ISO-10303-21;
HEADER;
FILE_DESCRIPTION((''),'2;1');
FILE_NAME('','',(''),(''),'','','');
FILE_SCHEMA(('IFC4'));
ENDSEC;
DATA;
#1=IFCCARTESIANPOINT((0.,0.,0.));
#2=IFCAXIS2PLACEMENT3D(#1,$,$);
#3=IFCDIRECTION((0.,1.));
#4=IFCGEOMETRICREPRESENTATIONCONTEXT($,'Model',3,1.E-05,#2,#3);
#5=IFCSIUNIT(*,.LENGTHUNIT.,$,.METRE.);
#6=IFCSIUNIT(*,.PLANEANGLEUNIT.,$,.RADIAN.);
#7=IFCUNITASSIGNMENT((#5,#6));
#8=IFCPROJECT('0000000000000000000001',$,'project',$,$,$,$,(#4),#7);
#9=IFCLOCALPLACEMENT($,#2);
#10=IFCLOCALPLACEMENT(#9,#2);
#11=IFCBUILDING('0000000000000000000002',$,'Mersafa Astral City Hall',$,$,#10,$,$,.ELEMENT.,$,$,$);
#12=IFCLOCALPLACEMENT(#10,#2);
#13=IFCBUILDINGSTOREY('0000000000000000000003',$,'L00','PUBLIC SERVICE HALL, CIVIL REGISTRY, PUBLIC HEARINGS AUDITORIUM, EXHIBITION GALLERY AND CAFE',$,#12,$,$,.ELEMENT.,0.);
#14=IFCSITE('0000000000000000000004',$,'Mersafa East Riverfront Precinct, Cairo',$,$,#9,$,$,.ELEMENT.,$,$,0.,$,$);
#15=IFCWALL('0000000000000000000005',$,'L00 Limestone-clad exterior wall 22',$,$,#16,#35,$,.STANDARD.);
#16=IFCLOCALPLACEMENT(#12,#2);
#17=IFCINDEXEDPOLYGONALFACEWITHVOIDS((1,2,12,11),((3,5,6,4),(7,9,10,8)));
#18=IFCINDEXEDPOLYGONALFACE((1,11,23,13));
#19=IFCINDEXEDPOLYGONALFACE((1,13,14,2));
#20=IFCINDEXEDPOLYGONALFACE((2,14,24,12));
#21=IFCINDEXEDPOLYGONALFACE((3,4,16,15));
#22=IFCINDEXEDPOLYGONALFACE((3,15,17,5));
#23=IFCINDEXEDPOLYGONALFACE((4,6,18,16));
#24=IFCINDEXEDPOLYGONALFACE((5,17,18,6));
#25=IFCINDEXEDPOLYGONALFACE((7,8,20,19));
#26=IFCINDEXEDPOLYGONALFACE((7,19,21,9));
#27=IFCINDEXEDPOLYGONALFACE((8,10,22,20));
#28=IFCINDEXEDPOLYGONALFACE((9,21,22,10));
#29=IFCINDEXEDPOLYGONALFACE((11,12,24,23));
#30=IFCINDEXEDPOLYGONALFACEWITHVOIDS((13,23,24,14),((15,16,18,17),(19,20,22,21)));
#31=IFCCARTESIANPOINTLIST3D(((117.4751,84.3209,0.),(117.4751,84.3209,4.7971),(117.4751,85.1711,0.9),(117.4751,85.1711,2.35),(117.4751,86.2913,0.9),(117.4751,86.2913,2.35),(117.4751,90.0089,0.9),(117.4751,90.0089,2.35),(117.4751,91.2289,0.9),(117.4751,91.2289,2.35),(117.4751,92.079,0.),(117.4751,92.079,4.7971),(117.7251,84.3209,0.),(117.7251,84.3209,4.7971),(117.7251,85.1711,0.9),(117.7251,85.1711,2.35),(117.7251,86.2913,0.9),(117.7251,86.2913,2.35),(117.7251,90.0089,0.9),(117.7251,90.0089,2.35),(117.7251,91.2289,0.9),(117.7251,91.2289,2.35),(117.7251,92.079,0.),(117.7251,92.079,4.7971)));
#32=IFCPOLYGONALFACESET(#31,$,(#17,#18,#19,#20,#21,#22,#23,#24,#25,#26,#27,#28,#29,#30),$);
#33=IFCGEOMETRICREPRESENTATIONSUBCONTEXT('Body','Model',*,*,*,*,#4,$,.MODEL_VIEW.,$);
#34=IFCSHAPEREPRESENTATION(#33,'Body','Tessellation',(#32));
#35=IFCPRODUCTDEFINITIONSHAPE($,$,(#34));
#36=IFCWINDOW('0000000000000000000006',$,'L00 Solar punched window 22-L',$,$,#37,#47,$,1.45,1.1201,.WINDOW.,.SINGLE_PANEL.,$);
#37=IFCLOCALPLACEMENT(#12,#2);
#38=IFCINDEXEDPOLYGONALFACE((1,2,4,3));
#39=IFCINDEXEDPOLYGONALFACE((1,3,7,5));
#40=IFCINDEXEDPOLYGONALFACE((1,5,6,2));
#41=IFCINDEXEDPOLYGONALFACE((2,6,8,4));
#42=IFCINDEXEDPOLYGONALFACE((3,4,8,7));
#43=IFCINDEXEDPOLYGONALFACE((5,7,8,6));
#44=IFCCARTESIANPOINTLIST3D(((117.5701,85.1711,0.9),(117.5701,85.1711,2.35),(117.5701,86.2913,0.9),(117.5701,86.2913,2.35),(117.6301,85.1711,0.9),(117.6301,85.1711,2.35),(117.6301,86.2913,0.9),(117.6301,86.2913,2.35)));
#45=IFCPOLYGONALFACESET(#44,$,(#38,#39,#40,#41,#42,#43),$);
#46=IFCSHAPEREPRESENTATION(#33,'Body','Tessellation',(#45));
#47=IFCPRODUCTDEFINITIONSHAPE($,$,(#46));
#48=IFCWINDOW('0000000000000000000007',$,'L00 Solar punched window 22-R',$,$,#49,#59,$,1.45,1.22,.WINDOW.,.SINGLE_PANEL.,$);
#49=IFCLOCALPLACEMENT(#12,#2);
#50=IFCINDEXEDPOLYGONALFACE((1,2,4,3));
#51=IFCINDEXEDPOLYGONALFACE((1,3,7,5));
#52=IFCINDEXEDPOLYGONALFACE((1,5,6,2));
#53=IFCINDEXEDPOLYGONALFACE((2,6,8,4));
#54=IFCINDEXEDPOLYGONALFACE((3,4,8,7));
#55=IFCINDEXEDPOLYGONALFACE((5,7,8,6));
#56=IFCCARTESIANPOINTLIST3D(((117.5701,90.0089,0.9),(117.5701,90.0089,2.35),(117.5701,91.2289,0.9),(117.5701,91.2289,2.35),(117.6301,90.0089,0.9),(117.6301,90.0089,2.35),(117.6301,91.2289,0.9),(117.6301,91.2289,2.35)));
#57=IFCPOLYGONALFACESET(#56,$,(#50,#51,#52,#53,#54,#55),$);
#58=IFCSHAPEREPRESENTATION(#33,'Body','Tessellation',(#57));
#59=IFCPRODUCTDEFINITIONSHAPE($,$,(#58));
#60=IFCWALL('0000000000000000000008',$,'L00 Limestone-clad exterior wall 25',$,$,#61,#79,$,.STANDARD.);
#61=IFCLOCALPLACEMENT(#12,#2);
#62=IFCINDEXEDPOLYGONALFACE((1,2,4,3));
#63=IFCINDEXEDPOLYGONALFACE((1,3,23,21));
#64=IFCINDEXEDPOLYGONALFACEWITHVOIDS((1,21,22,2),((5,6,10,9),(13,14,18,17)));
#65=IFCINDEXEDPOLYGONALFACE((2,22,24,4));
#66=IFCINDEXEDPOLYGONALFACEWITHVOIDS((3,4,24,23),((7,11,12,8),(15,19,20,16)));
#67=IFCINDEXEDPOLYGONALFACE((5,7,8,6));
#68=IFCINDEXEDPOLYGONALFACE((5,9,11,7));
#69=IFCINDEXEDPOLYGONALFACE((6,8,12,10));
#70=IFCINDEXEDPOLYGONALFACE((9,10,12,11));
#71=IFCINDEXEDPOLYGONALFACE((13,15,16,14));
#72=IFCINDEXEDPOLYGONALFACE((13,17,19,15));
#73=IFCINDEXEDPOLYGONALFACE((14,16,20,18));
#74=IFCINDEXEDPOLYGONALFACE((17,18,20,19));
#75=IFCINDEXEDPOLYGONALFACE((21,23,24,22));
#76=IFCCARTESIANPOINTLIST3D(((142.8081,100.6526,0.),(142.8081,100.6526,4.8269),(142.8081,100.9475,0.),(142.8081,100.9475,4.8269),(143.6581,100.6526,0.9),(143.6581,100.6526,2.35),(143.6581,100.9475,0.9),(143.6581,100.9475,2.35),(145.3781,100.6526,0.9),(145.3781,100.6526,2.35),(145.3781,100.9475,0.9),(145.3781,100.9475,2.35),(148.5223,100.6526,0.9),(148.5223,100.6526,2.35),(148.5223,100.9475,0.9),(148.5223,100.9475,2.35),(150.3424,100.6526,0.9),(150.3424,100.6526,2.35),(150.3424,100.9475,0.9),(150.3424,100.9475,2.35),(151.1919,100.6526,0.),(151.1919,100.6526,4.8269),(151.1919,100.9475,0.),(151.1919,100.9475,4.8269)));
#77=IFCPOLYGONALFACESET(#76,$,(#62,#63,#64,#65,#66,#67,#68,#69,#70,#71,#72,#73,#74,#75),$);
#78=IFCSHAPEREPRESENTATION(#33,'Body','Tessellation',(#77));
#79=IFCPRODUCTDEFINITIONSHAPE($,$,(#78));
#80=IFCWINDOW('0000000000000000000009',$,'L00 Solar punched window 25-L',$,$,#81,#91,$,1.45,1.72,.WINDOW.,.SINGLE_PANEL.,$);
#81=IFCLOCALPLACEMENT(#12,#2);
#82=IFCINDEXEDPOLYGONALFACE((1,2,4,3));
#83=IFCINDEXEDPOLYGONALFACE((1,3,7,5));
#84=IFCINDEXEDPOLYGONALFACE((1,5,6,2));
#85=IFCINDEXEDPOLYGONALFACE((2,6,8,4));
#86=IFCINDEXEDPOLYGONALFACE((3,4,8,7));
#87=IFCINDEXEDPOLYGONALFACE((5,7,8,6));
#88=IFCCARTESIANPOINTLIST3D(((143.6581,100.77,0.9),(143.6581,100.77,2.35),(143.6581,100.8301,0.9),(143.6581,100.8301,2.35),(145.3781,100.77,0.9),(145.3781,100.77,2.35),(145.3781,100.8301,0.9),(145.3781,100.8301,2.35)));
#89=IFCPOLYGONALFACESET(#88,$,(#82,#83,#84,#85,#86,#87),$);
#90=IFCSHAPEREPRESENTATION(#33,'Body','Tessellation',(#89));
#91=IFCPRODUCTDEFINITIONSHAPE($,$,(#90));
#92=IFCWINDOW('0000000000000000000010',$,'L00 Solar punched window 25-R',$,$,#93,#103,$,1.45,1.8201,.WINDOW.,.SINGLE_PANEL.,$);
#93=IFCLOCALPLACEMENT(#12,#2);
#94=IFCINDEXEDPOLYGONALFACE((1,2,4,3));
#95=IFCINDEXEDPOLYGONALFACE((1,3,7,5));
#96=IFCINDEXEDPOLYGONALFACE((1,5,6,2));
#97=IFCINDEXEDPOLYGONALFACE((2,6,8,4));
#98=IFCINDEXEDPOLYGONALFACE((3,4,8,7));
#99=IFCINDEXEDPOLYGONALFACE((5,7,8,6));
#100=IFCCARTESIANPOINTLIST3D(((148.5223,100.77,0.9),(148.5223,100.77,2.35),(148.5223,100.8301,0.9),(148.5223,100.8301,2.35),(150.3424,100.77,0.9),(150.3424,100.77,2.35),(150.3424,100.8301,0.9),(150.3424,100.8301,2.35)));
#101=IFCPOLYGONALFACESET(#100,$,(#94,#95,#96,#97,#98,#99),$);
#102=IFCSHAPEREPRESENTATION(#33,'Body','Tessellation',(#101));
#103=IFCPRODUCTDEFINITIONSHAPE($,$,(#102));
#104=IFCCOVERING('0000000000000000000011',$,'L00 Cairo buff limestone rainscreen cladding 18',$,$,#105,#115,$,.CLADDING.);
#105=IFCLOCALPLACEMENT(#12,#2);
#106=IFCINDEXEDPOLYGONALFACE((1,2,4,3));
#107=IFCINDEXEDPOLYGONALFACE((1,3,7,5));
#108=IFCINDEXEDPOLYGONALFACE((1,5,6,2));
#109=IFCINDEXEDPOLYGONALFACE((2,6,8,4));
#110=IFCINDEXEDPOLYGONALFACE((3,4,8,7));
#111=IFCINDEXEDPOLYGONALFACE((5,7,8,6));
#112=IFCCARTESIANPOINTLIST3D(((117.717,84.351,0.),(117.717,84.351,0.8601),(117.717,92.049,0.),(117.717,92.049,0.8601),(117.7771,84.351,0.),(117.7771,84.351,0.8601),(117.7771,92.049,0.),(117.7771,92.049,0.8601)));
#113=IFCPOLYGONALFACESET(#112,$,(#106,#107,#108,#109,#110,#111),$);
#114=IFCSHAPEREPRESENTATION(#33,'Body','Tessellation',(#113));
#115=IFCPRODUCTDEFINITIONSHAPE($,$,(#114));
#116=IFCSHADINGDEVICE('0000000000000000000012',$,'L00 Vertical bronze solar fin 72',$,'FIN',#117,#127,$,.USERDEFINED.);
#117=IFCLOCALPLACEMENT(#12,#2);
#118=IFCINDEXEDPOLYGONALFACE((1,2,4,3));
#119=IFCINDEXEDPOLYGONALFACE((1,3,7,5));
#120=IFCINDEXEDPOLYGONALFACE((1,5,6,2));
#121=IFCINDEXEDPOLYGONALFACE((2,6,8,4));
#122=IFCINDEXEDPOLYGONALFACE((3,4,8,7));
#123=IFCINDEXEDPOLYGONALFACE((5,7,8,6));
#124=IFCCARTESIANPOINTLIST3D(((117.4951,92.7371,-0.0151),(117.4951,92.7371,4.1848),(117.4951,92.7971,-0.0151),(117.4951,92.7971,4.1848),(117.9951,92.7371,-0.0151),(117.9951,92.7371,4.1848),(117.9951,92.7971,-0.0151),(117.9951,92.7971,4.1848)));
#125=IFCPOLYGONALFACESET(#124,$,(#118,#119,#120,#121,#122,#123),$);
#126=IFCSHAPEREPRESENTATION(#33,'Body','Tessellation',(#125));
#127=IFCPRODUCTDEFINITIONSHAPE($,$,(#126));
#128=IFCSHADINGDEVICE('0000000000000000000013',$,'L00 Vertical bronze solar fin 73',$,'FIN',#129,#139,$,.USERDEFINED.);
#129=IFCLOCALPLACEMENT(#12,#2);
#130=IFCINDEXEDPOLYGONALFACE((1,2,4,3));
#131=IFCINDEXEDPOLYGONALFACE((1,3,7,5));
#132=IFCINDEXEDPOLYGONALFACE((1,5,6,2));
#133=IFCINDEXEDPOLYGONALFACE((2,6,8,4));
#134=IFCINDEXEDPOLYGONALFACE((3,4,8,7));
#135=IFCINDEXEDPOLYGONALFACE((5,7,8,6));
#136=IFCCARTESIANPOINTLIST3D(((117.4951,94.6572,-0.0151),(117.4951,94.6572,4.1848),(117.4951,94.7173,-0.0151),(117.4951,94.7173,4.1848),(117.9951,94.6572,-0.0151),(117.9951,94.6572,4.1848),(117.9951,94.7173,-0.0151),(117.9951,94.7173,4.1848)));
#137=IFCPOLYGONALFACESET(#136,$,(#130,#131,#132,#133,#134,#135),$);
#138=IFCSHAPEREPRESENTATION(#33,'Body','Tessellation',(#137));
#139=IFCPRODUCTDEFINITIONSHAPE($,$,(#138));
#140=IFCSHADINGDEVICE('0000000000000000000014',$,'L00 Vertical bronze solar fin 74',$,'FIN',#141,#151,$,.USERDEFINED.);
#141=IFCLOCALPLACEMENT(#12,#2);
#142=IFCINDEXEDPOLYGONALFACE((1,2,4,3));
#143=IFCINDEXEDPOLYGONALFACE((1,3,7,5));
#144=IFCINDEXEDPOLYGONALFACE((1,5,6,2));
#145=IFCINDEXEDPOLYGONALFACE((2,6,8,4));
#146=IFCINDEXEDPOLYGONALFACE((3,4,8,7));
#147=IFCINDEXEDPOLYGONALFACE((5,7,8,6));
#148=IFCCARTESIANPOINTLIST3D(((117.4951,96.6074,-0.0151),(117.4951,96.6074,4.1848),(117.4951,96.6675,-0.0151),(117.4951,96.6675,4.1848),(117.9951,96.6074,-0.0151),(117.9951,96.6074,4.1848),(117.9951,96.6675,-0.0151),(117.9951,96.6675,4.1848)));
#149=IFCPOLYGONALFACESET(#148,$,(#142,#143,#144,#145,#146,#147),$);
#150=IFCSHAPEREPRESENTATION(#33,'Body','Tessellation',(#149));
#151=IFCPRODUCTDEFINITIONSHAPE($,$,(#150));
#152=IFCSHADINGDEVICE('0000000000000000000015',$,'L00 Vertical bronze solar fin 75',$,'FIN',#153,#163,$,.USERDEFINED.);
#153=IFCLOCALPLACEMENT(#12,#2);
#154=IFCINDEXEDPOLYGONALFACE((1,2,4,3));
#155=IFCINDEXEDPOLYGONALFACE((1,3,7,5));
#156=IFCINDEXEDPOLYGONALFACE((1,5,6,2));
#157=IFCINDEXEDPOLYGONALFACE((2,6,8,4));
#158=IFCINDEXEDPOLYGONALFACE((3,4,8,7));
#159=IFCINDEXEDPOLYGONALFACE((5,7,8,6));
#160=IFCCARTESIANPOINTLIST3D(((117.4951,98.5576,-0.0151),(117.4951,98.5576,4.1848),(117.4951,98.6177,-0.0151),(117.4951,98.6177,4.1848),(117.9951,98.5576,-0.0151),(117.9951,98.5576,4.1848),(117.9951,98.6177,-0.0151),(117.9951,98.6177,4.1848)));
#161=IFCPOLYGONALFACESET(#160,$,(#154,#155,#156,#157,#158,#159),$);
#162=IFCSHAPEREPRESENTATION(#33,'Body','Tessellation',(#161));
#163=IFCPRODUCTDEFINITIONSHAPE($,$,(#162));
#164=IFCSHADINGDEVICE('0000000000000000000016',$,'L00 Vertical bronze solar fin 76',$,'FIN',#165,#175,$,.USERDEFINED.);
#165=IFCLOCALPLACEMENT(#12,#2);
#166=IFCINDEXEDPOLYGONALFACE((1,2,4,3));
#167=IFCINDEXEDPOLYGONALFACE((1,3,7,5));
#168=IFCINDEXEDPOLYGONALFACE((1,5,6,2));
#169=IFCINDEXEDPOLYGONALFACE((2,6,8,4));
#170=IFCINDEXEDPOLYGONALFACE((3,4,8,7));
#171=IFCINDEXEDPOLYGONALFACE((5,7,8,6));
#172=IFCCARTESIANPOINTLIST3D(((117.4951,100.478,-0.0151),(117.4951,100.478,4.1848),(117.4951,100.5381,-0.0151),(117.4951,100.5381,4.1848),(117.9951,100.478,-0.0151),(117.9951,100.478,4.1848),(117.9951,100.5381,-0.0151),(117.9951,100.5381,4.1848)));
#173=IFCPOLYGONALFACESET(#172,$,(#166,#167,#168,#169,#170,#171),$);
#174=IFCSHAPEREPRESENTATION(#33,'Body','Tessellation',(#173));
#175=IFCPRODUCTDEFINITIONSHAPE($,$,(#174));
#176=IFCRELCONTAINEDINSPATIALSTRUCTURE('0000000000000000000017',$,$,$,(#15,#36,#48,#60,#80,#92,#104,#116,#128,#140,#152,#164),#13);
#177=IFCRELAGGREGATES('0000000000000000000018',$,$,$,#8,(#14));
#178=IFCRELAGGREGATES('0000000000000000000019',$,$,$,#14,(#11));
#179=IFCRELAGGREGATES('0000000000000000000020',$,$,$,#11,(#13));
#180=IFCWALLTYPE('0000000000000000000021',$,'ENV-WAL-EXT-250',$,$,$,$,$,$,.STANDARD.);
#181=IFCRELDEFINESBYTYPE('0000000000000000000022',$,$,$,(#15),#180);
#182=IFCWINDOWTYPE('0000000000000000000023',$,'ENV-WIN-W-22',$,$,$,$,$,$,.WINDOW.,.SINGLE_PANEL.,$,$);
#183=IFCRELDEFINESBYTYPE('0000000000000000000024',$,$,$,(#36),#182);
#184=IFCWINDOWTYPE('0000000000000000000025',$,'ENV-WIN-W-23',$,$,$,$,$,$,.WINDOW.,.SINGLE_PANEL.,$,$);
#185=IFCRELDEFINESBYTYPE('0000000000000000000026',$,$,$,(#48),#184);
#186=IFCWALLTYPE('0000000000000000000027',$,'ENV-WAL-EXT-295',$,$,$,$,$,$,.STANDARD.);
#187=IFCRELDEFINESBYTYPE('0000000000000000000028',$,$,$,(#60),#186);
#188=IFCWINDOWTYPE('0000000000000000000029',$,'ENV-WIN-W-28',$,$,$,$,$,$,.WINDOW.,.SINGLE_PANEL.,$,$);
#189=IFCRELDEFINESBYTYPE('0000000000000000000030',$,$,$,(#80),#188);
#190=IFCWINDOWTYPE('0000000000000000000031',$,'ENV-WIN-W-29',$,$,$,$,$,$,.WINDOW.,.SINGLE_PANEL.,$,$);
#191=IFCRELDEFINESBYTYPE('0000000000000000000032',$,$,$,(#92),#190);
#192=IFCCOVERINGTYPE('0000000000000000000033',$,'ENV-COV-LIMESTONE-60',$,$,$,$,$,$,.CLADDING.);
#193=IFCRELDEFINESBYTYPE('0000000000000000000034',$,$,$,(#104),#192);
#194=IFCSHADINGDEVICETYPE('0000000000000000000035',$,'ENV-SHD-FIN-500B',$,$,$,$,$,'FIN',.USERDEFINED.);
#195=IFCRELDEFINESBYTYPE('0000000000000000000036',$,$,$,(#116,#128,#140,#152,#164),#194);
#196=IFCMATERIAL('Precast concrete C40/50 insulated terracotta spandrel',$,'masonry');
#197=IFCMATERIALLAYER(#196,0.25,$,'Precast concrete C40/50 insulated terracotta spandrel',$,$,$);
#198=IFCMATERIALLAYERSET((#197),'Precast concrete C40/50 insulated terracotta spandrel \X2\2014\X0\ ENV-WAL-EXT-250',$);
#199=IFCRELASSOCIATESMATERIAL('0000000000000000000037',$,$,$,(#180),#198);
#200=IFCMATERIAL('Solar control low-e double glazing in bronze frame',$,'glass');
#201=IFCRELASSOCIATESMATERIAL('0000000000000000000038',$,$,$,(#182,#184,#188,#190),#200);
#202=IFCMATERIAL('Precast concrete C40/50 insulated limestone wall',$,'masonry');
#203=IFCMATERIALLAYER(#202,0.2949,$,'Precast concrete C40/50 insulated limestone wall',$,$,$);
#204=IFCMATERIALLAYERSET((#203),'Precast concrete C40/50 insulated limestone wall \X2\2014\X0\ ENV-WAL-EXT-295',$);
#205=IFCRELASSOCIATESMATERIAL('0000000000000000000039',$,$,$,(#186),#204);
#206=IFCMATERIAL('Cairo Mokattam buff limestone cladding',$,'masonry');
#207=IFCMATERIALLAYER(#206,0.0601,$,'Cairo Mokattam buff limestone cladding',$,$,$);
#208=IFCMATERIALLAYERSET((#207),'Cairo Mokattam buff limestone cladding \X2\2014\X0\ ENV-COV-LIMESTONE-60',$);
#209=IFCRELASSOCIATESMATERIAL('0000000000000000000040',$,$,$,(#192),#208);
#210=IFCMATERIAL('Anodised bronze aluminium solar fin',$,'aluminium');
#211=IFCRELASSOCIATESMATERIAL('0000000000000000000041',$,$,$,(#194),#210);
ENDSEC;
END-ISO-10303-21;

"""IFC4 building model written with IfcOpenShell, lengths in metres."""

from ifc_helpers import new_model, si_unit, direction, frame, frame_2d, origin, origin_2d, place, context, subcontext, project, spatial, rectangle, extrude, material, layer, layer_set, type_object, element, fill, save


model = new_model("IFC4")

# Units and contexts
model_context = context("Model", 3, precision=1e-05, world=origin(), true_north=direction((0.0, 1.0)))
body_context = subcontext(model_context, "Body", "Model", "MODEL_VIEW")
ifc_project = project(units=[si_unit("LENGTHUNIT", "METRE"), si_unit("PLANEANGLEUNIT", "RADIAN")], contexts=[model_context])

# Site, building, storey
site_placement = place(None, origin())
site = spatial("IfcSite", under=ifc_project, at=site_placement, Name="Mersafa East Riverfront Precinct, Cairo", CompositionType="ELEMENT", RefElevation=0.0)
building_placement = place(site_placement, origin())
building = spatial("IfcBuilding", under=site, at=building_placement, Name="Mersafa Astral City Hall", CompositionType="ELEMENT")
storey_placement = place(building_placement, origin())
storey = spatial("IfcBuildingStorey", under=building, at=storey_placement, Name="L00", Description="PUBLIC SERVICE HALL, CIVIL REGISTRY, PUBLIC HEARINGS AUDITORIUM, EXHIBITION GALLERY AND CAFE", CompositionType="ELEMENT", Elevation=0.0)

# Walls, openings, windows
ifc_material_1 = material(Name="Precast concrete C40/50 insulated terracotta spandrel", Category="masonry")
ifc_layer_1 = layer(ifc_material_1, 0.25, Name="Precast concrete C40/50 insulated terracotta spandrel")
ifc_layer_set_1 = layer_set([ifc_layer_1], Name="Precast concrete C40/50 insulated terracotta spandrel — ENV-WAL-EXT-250")
wall_type_1 = type_object("IfcWallType", Name="ENV-WAL-EXT-250", PredefinedType="STANDARD", material=ifc_layer_set_1)
wall_1_placement = place(storey_placement, frame((117.6001, 84.321, 0.0), z_axis=(0.0, 0.0, 1.0), x_axis=(0.0, 1.0, 0.0)))
wall_1 = element("IfcWall", 1, at=wall_1_placement, inside=storey, type_object=wall_type_1, Name="L00 Limestone-clad exterior wall 22", PredefinedType="STANDARD", context=body_context, shape_type="SweptSolid", body=[
    extrude(rectangle(XDim=7.7581, YDim=0.25, at=frame_2d((3.8789, 0.0))), origin(), (0.0, 0.0, 1.0), 4.7971),
])
opening_1_placement = place(wall_1_placement, frame((0.8501, 0.0, 0.8999)))
opening_1 = element("IfcOpeningElement", 2, at=opening_1_placement, cuts=wall_1, PredefinedType="OPENING", context=body_context, shape_type="SweptSolid", body=[
    extrude(rectangle(XDim=1.1201, YDim=1.45, at=frame_2d((0.5601, 0.7251))), frame((0.0, 0.135, 0.0), z_axis=(0.0, -1.0, 0.0), x_axis=(1.0, 0.0, 0.0)), (0.0, 0.0, 1.0), 0.27),
])
opening_2_placement = place(wall_1_placement, frame((5.688, 0.0, 0.8999)))
opening_2 = element("IfcOpeningElement", 3, at=opening_2_placement, cuts=wall_1, PredefinedType="OPENING", context=body_context, shape_type="SweptSolid", body=[
    extrude(rectangle(XDim=1.22, YDim=1.45, at=frame_2d((0.6099, 0.7251))), frame((0.0, 0.135, 0.0), z_axis=(0.0, -1.0, 0.0), x_axis=(1.0, 0.0, 0.0)), (0.0, 0.0, 1.0), 0.27),
])
ifc_material_2 = material(Name="Solar control low-e double glazing in bronze frame", Category="glass")
window_type_1 = type_object("IfcWindowType", Name="ENV-WIN-W-22", PartitioningType="SINGLE_PANEL", PredefinedType="WINDOW", material=ifc_material_2)
window_1_placement = place(opening_1_placement, origin())
window_1 = element("IfcWindow", 4, at=window_1_placement, inside=storey, type_object=window_type_1, Name="L00 Solar punched window 22-L", OverallHeight=1.45, OverallWidth=1.1201, PartitioningType="SINGLE_PANEL", PredefinedType="WINDOW", context=body_context, shape_type="SweptSolid", body=[
    extrude(rectangle(XDim=1.1201, YDim=1.45, at=frame_2d((0.5601, 0.7251))), frame((0.0, 0.03, 0.0), z_axis=(0.0, -1.0, 0.0), x_axis=(1.0, 0.0, 0.0)), (0.0, 0.0, 1.0), 0.0601),
])
fill(opening_1, window_1)
window_type_2 = type_object("IfcWindowType", Name="ENV-WIN-W-23", PartitioningType="SINGLE_PANEL", PredefinedType="WINDOW", material=ifc_material_2)
window_2_placement = place(opening_2_placement, origin())
window_2 = element("IfcWindow", 5, at=window_2_placement, inside=storey, type_object=window_type_2, Name="L00 Solar punched window 22-R", OverallHeight=1.45, OverallWidth=1.22, PartitioningType="SINGLE_PANEL", PredefinedType="WINDOW", context=body_context, shape_type="SweptSolid", body=[
    extrude(rectangle(XDim=1.22, YDim=1.45, at=frame_2d((0.6099, 0.7251))), frame((0.0, 0.03, 0.0), z_axis=(0.0, -1.0, 0.0), x_axis=(1.0, 0.0, 0.0)), (0.0, 0.0, 1.0), 0.0601),
])
fill(opening_2, window_2)
ifc_material_3 = material(Name="Precast concrete C40/50 insulated limestone wall", Category="masonry")
ifc_layer_2 = layer(ifc_material_3, 0.2949, Name="Precast concrete C40/50 insulated limestone wall")
ifc_layer_set_2 = layer_set([ifc_layer_2], Name="Precast concrete C40/50 insulated limestone wall — ENV-WAL-EXT-295")
wall_type_2 = type_object("IfcWallType", Name="ENV-WAL-EXT-295", PredefinedType="STANDARD", material=ifc_layer_set_2)
wall_2_placement = place(storey_placement, frame((142.8081, 100.8, 0.0), z_axis=(0.0, 0.0, 1.0), x_axis=(1.0, 0.0, 0.0)))
wall_2 = element("IfcWall", 6, at=wall_2_placement, inside=storey, type_object=wall_type_2, Name="L00 Limestone-clad exterior wall 25", PredefinedType="STANDARD", context=body_context, shape_type="SweptSolid", body=[
    extrude(rectangle(XDim=8.3838, YDim=0.2949, at=frame_2d((4.1919, 0.0))), origin(), (0.0, 0.0, 1.0), 4.8269),
])
opening_3_placement = place(wall_2_placement, frame((0.8501, 0.0, 0.8999)))
opening_3 = element("IfcOpeningElement", 7, at=opening_3_placement, cuts=wall_2, PredefinedType="OPENING", context=body_context, shape_type="SweptSolid", body=[
    extrude(rectangle(XDim=1.72, YDim=1.45, at=frame_2d((0.8599, 0.7251))), frame((0.0, 0.1575, 0.0), z_axis=(0.0, -1.0, 0.0), x_axis=(1.0, 0.0, 0.0)), (0.0, 0.0, 1.0), 0.3149),
])
opening_4_placement = place(wall_2_placement, frame((5.7141, 0.0, 0.8999)))
opening_4 = element("IfcOpeningElement", 8, at=opening_4_placement, cuts=wall_2, PredefinedType="OPENING", context=body_context, shape_type="SweptSolid", body=[
    extrude(rectangle(XDim=1.8201, YDim=1.45, at=frame_2d((0.9102, 0.7251))), frame((0.0, 0.1575, 0.0), z_axis=(0.0, -1.0, 0.0), x_axis=(1.0, 0.0, 0.0)), (0.0, 0.0, 1.0), 0.3149),
])
window_type_3 = type_object("IfcWindowType", Name="ENV-WIN-W-28", PartitioningType="SINGLE_PANEL", PredefinedType="WINDOW", material=ifc_material_2)
window_3_placement = place(opening_3_placement, origin())
window_3 = element("IfcWindow", 9, at=window_3_placement, inside=storey, type_object=window_type_3, Name="L00 Solar punched window 25-L", OverallHeight=1.45, OverallWidth=1.72, PartitioningType="SINGLE_PANEL", PredefinedType="WINDOW", context=body_context, shape_type="SweptSolid", body=[
    extrude(rectangle(XDim=1.72, YDim=1.45, at=frame_2d((0.8599, 0.7251))), frame((0.0, 0.03, 0.0), z_axis=(0.0, -1.0, 0.0), x_axis=(1.0, 0.0, 0.0)), (0.0, 0.0, 1.0), 0.0601),
])
fill(opening_3, window_3)
window_type_4 = type_object("IfcWindowType", Name="ENV-WIN-W-29", PartitioningType="SINGLE_PANEL", PredefinedType="WINDOW", material=ifc_material_2)
window_4_placement = place(opening_4_placement, origin())
window_4 = element("IfcWindow", 10, at=window_4_placement, inside=storey, type_object=window_type_4, Name="L00 Solar punched window 25-R", OverallHeight=1.45, OverallWidth=1.8201, PartitioningType="SINGLE_PANEL", PredefinedType="WINDOW", context=body_context, shape_type="SweptSolid", body=[
    extrude(rectangle(XDim=1.8201, YDim=1.45, at=frame_2d((0.9102, 0.7251))), frame((0.0, 0.03, 0.0), z_axis=(0.0, -1.0, 0.0), x_axis=(1.0, 0.0, 0.0)), (0.0, 0.0, 1.0), 0.0601),
])
fill(opening_4, window_4)

# Covering
ifc_material_4 = material(Name="Cairo Mokattam buff limestone cladding", Category="masonry")
ifc_layer_3 = layer(ifc_material_4, 0.0601, Name="Cairo Mokattam buff limestone cladding")
ifc_layer_set_3 = layer_set([ifc_layer_3], Name="Cairo Mokattam buff limestone cladding — ENV-COV-LIMESTONE-60")
covering_type = type_object("IfcCoveringType", Name="ENV-COV-LIMESTONE-60", PredefinedType="CLADDING", material=ifc_layer_set_3)
covering_placement = place(storey_placement, frame((117.7471, 88.2, 0.0), z_axis=(0.0, 0.0, 1.0), x_axis=(0.0, 1.0, 0.0)))
element("IfcCovering", 11, at=covering_placement, inside=storey, type_object=covering_type, Name="L00 Cairo buff limestone rainscreen cladding 18", PredefinedType="CLADDING", context=body_context, shape_type="SweptSolid", body=[
    extrude(rectangle(XDim=7.698, YDim=0.0601, at=origin_2d()), origin(), (0.0, 0.0, 1.0), 0.8601),
])

# Shading devices
ifc_material_5 = material(Name="Anodised bronze aluminium solar fin", Category="aluminium")
shading_device_type_1 = type_object("IfcShadingDeviceType", Name="ENV-SHD-FIN-500B", ElementType="FIN", PredefinedType="USERDEFINED", material=ifc_material_5)
for number, where, z_axis, x_axis, name in (
    (12, (117.7451, 92.7671, -0.0151), (0.0, 0.0, 1.0), (0.0, 1.0, 0.0), "L00 Vertical bronze solar fin 72"),
    (13, (117.7451, 94.6873, -0.0151), (0.0, 0.0, 1.0), (0.0, 1.0, 0.0), "L00 Vertical bronze solar fin 73"),
    (14, (117.7451, 96.6375, -0.0151), (0.0, 0.0, 1.0), (0.0, 1.0, 0.0), "L00 Vertical bronze solar fin 74"),
    (15, (117.7451, 98.5876, -0.0151), (0.0, 0.0, 1.0), (0.0, 1.0, 0.0), "L00 Vertical bronze solar fin 75"),
    (16, (117.7451, 100.5081, -0.0151), (0.0, 0.0, 1.0), (0.0, 1.0, 0.0), "L00 Vertical bronze solar fin 76"),
):
    element("IfcShadingDevice", number, at=place(storey_placement, frame(where, z_axis=z_axis, x_axis=x_axis)), inside=storey, type_object=shading_device_type_1, Name=name, ObjectType="FIN", PredefinedType="USERDEFINED", context=body_context, shape_type="SweptSolid", body=[
        extrude(rectangle(XDim=0.0601, YDim=0.5, at=origin_2d()), origin(), (0.0, 0.0, 1.0), 4.2),
    ])

save(model, "model.ifc")
